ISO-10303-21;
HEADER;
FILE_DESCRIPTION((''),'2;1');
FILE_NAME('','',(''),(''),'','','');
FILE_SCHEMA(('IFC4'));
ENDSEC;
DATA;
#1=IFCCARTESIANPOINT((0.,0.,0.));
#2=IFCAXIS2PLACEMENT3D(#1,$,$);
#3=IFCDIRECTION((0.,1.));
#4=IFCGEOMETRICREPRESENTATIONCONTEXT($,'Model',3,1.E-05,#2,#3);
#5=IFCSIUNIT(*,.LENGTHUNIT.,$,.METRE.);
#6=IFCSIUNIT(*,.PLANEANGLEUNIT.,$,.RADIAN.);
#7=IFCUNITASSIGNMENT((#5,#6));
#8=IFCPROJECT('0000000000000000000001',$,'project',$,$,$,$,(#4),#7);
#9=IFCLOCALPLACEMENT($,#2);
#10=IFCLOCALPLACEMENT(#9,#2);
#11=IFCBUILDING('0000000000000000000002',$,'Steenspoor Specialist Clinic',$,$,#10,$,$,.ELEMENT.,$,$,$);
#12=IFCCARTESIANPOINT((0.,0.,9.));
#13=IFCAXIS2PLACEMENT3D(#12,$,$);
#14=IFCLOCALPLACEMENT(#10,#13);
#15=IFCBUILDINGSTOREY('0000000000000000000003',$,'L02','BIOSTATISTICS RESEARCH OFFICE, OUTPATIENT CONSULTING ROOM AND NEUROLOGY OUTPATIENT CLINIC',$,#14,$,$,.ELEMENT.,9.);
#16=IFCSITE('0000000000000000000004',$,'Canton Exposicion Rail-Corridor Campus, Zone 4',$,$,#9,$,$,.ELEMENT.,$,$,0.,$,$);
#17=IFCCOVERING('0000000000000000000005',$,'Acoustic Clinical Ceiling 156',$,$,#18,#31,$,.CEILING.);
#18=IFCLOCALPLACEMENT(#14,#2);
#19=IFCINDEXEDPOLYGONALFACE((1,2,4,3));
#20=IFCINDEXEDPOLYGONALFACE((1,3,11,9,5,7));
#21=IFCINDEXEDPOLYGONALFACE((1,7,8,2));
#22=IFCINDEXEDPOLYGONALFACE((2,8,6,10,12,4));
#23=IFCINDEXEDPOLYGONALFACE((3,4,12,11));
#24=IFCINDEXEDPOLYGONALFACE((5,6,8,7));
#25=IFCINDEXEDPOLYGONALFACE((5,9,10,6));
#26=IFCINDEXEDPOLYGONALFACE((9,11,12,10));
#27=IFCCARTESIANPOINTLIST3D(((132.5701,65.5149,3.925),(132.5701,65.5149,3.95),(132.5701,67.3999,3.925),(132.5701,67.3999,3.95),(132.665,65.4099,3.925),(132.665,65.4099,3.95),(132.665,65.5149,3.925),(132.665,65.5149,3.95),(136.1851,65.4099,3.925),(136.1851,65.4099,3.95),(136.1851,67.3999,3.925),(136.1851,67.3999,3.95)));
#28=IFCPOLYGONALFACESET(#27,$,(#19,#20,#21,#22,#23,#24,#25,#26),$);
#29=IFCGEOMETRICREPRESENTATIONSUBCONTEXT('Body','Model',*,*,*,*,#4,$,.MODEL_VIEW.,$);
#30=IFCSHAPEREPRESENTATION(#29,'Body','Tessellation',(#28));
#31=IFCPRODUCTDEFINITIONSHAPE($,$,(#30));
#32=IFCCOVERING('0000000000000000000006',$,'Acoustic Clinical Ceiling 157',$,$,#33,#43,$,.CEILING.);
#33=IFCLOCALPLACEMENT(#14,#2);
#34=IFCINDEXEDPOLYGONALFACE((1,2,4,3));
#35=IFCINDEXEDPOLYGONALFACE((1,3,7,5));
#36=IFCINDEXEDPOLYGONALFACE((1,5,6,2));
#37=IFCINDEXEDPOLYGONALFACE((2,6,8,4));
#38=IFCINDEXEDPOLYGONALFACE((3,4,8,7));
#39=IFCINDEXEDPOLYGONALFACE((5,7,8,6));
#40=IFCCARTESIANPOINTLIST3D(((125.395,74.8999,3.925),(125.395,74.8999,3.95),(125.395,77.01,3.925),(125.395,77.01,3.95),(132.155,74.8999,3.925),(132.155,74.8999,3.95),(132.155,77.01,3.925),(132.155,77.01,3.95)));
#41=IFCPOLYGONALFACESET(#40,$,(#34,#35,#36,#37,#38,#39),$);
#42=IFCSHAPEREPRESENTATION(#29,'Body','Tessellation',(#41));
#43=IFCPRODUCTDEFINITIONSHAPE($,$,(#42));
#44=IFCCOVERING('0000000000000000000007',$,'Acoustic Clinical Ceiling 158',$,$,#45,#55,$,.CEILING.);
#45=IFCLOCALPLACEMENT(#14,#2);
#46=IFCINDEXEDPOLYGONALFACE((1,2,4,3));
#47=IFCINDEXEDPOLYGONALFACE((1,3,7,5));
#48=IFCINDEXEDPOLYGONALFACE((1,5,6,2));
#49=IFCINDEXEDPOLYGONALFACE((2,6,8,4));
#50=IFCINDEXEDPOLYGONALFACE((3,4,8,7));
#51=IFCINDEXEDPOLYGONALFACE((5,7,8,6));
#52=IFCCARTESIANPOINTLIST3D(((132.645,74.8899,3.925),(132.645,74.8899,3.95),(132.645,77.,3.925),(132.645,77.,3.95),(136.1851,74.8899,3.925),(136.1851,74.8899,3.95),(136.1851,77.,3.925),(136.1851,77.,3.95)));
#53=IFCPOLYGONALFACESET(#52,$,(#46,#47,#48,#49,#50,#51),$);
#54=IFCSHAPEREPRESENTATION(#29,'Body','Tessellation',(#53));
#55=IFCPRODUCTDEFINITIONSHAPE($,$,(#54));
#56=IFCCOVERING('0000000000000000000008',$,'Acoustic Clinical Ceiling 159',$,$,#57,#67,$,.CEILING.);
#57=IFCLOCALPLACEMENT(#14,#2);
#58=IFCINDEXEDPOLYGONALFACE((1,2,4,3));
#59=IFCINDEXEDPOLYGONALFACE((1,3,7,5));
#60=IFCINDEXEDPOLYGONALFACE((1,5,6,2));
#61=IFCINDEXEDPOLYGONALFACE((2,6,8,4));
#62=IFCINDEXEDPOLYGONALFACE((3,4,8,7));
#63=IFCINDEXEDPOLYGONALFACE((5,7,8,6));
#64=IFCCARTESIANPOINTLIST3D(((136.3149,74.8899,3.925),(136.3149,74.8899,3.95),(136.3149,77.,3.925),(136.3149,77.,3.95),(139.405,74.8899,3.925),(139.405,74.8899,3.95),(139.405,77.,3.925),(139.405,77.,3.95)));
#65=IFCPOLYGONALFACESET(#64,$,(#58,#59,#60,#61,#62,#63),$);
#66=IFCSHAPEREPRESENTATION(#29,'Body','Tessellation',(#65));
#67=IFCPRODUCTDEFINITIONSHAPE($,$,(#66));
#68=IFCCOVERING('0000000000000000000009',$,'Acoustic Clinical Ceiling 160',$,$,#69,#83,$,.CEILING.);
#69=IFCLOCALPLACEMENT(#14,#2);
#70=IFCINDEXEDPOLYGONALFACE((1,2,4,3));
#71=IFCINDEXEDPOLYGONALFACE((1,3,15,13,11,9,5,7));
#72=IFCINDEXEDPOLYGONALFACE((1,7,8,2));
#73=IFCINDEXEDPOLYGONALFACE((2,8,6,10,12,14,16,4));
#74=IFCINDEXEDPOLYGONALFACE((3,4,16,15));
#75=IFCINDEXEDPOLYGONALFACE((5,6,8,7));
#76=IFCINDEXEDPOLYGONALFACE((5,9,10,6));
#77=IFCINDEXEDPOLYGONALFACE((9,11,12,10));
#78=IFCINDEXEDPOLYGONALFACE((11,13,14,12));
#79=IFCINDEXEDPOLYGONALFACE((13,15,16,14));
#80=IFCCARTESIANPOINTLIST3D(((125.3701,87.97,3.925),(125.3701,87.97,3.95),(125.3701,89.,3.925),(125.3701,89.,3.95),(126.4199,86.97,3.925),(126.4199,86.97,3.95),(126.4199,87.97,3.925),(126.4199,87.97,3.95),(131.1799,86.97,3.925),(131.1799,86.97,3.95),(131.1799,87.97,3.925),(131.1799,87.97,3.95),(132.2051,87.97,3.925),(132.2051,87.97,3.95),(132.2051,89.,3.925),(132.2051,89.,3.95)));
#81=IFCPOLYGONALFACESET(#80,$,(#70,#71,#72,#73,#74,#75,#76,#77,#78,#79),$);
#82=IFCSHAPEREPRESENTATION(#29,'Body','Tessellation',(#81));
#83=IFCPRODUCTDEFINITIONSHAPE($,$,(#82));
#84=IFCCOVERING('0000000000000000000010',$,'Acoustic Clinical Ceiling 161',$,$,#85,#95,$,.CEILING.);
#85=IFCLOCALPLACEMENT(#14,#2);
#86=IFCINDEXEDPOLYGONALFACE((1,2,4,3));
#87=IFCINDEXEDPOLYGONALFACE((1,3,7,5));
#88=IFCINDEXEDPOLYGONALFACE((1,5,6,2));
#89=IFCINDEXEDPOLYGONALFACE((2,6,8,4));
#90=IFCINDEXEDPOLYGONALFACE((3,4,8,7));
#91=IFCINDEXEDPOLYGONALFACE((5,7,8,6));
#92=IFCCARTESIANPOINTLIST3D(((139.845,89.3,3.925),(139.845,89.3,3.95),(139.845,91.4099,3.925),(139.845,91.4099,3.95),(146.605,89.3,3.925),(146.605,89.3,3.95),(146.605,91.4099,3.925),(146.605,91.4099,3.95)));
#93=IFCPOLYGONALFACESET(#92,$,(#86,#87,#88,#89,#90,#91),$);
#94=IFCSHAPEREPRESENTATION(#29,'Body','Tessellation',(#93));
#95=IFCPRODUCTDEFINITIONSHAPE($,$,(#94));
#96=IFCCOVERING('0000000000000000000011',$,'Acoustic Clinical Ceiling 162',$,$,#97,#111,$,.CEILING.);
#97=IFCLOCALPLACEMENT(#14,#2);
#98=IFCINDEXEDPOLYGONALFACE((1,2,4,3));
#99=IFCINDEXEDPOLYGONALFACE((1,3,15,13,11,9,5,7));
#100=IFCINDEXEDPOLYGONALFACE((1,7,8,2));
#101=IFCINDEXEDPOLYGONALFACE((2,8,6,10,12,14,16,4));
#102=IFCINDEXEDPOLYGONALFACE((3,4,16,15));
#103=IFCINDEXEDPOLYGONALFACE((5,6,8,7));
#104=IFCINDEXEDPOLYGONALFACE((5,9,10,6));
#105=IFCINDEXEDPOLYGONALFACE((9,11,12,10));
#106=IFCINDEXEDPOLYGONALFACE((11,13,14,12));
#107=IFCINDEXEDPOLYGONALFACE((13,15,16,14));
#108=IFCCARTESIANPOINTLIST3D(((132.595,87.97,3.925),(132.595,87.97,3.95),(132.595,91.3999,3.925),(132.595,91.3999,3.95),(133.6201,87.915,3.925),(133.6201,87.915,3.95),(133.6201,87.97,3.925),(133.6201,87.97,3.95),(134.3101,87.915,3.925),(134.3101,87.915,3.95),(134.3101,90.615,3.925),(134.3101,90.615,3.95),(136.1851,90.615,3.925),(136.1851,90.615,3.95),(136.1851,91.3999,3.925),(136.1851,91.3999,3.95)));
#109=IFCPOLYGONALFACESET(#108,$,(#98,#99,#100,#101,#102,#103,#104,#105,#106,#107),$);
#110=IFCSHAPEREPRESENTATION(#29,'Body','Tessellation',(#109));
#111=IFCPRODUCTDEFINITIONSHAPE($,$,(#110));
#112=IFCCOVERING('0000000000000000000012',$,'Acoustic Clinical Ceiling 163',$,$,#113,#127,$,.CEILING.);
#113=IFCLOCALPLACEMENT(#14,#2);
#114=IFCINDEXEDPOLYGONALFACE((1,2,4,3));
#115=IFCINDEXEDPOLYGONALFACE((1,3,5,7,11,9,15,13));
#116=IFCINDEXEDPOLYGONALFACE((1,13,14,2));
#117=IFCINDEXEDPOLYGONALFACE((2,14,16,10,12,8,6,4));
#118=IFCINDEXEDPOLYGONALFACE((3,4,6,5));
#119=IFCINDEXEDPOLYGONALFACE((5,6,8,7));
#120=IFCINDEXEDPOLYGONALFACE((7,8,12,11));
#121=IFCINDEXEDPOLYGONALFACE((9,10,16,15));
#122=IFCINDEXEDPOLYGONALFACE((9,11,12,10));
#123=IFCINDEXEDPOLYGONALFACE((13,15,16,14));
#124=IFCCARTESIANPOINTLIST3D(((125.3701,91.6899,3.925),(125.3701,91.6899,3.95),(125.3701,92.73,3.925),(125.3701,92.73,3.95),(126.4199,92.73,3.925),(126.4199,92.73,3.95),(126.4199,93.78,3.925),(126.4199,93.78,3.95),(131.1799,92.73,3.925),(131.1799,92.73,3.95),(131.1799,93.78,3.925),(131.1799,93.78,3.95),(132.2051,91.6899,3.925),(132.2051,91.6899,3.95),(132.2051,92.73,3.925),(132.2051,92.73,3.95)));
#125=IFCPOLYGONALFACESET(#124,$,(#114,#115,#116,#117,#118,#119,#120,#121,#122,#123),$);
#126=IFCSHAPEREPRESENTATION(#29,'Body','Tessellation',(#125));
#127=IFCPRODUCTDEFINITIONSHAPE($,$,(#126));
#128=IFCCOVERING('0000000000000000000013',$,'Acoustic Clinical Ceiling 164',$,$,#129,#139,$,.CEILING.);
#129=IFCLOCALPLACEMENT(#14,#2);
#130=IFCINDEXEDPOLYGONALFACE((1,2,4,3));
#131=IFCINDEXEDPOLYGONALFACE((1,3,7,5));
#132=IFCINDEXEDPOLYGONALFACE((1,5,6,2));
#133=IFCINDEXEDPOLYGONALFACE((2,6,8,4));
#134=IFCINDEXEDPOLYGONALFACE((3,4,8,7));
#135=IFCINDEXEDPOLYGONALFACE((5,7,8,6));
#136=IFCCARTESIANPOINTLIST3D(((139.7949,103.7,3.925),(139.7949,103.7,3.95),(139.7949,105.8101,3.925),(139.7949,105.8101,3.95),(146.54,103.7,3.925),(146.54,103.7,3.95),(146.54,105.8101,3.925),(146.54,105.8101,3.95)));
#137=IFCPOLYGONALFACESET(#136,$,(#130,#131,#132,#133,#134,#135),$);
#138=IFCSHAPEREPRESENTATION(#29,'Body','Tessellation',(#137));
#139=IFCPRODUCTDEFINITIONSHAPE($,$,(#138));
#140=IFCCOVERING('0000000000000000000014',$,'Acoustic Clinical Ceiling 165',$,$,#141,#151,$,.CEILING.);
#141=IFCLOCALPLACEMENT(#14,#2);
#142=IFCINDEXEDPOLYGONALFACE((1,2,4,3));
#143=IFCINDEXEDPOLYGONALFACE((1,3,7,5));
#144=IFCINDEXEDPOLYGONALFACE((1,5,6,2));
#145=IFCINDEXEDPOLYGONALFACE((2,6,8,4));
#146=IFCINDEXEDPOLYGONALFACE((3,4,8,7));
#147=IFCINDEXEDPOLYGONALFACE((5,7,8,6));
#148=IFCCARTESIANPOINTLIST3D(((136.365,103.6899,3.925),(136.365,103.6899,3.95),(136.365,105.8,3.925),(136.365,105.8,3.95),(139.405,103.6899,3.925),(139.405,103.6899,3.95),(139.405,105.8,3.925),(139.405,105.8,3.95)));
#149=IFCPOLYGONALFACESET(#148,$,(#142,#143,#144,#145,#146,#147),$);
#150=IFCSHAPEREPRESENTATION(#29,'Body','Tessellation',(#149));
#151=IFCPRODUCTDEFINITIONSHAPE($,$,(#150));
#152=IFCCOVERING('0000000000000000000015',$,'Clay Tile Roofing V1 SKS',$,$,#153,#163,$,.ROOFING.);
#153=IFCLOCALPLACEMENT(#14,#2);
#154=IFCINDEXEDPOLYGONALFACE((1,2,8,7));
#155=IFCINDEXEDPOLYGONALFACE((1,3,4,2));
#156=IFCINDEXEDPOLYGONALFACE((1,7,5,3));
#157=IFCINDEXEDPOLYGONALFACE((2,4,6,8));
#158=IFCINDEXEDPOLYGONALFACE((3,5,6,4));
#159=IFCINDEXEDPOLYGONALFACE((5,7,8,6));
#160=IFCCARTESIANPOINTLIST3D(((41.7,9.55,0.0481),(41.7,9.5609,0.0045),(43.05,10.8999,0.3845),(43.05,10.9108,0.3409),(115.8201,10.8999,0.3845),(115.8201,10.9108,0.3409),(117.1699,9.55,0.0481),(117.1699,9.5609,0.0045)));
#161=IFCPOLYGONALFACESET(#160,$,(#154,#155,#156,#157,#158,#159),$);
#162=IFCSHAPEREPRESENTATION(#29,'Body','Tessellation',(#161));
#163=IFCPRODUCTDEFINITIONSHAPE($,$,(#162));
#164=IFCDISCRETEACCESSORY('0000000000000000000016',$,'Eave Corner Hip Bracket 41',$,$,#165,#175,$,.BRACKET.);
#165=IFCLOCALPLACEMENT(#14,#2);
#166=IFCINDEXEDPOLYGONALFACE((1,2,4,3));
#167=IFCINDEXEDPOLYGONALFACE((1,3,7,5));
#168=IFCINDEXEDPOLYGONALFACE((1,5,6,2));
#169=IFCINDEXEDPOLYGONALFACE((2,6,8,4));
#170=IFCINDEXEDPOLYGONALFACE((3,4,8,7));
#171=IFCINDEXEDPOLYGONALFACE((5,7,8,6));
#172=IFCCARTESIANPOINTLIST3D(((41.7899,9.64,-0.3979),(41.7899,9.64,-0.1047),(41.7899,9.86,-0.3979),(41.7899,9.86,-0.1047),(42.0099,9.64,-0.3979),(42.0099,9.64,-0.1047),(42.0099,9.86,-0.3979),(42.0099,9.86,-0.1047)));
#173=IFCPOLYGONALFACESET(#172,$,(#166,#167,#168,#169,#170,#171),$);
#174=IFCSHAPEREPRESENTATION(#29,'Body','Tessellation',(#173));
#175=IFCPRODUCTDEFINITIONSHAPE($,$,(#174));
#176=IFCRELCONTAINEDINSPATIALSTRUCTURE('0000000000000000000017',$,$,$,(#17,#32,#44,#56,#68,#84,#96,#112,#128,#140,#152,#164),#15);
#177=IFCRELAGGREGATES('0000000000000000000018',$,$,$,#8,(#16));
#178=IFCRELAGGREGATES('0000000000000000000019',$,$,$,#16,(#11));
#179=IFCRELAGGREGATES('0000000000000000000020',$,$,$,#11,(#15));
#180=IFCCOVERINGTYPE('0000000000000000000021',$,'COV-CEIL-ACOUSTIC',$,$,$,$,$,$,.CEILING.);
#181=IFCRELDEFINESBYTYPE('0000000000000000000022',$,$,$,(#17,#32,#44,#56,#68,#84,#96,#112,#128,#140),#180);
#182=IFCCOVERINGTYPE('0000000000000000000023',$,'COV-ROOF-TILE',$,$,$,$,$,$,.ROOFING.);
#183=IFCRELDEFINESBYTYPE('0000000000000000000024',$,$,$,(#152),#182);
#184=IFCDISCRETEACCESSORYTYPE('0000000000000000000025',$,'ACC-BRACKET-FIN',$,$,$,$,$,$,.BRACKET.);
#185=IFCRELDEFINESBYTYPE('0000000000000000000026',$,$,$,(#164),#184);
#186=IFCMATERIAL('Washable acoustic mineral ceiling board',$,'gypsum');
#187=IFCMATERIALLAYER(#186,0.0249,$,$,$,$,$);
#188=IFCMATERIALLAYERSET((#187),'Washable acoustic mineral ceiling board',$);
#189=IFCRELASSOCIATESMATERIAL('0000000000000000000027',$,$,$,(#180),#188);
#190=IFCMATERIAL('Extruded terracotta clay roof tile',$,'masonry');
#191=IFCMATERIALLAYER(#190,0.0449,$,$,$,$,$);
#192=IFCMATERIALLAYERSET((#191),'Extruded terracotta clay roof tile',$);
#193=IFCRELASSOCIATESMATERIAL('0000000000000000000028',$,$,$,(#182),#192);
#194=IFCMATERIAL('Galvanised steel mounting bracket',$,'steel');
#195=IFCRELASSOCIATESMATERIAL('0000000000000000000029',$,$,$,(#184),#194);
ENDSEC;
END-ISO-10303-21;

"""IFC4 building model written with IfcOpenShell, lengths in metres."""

from ifc_helpers import new_model, si_unit, direction, frame, origin, origin_2d, place, context, subcontext, project, spatial, polyline, rectangle, outline, extrude, material, layer, layer_set, type_object, element, save


model = new_model("IFC4")

# Units and contexts
model_context = context("Model", 3, precision=1e-05, world=origin(), true_north=direction((0.0, 1.0)))
body_context = subcontext(model_context, "Body", "Model", "MODEL_VIEW")
ifc_project = project(units=[si_unit("LENGTHUNIT", "METRE"), si_unit("PLANEANGLEUNIT", "RADIAN")], contexts=[model_context])

# Site, building, storey
site_placement = place(None, origin())
site = spatial("IfcSite", under=ifc_project, at=site_placement, Name="Canton Exposicion Rail-Corridor Campus, Zone 4", CompositionType="ELEMENT", RefElevation=0.0)
building_placement = place(site_placement, origin())
building = spatial("IfcBuilding", under=site, at=building_placement, Name="Steenspoor Specialist Clinic", CompositionType="ELEMENT")
storey_placement = place(building_placement, frame((0.0, 0.0, 9.0)))
storey = spatial("IfcBuildingStorey", under=building, at=storey_placement, Name="L02", Description="BIOSTATISTICS RESEARCH OFFICE, OUTPATIENT CONSULTING ROOM AND NEUROLOGY OUTPATIENT CLINIC", CompositionType="ELEMENT", Elevation=9.0)

# Shared definitions
ifc_material_1 = material(Name="Extruded terracotta clay roof tile", Category="masonry")

# Coverings
ifc_material_2 = material(Name="Washable acoustic mineral ceiling board", Category="gypsum")
ifc_layer_1 = layer(ifc_material_2, 0.0249)
ifc_layer_set_1 = layer_set([ifc_layer_1], Name="Washable acoustic mineral ceiling board")
covering_type_1 = type_object("IfcCoveringType", Name="COV-CEIL-ACOUSTIC", PredefinedType="CEILING", material=ifc_layer_set_1)
covering_1_placement = place(storey_placement, frame((0.0, 0.0, 3.925)))
element("IfcCovering", 1, at=covering_1_placement, inside=storey, type_object=covering_type_1, Name="Acoustic Clinical Ceiling 156", PredefinedType="CEILING", context=body_context, shape_type="SweptSolid", body=[
    extrude(outline(polyline([(136.1851, 65.4099), (132.665, 65.4099), (132.665, 65.5149), (132.5701, 65.5149), (132.5701, 67.3999), (136.1851, 67.3999), (136.1851, 65.4099)])), origin(), (0.0, 0.0, 1.0), 0.0249),
])
covering_2_placement = place(storey_placement, frame((0.0, 0.0, 3.925)))
element("IfcCovering", 2, at=covering_2_placement, inside=storey, type_object=covering_type_1, Name="Acoustic Clinical Ceiling 157", PredefinedType="CEILING", context=body_context, shape_type="SweptSolid", body=[
    extrude(outline(polyline([(125.395, 77.01), (132.155, 77.01), (132.155, 74.8999), (125.395, 74.8999), (125.395, 77.01)])), origin(), (0.0, 0.0, 1.0), 0.0249),
])
covering_3_placement = place(storey_placement, frame((0.0, 0.0, 3.925)))
element("IfcCovering", 3, at=covering_3_placement, inside=storey, type_object=covering_type_1, Name="Acoustic Clinical Ceiling 158", PredefinedType="CEILING", context=body_context, shape_type="SweptSolid", body=[
    extrude(outline(polyline([(136.1851, 74.8899), (132.645, 74.8899), (132.645, 77.0), (136.1851, 77.0), (136.1851, 74.8899)])), origin(), (0.0, 0.0, 1.0), 0.0249),
])
covering_4_placement = place(storey_placement, frame((0.0, 0.0, 3.925)))
element("IfcCovering", 4, at=covering_4_placement, inside=storey, type_object=covering_type_1, Name="Acoustic Clinical Ceiling 159", PredefinedType="CEILING", context=body_context, shape_type="SweptSolid", body=[
    extrude(outline(polyline([(136.3149, 77.0), (139.405, 77.0), (139.405, 74.8899), (136.3149, 74.8899), (136.3149, 77.0)])), origin(), (0.0, 0.0, 1.0), 0.0249),
])
covering_5_placement = place(storey_placement, frame((0.0, 0.0, 3.925)))
element("IfcCovering", 5, at=covering_5_placement, inside=storey, type_object=covering_type_1, Name="Acoustic Clinical Ceiling 160", PredefinedType="CEILING", context=body_context, shape_type="SweptSolid", body=[
    extrude(outline(polyline([(132.2051, 87.97), (131.1799, 87.97), (131.1799, 86.97), (126.4199, 86.97), (126.4199, 87.97), (125.3701, 87.97), (125.3701, 89.0), (132.2051, 89.0), (132.2051, 87.97)])), origin(), (0.0, 0.0, 1.0), 0.0249),
])
covering_6_placement = place(storey_placement, frame((0.0, 0.0, 3.925)))
element("IfcCovering", 6, at=covering_6_placement, inside=storey, type_object=covering_type_1, Name="Acoustic Clinical Ceiling 161", PredefinedType="CEILING", context=body_context, shape_type="SweptSolid", body=[
    extrude(outline(polyline([(146.605, 89.3), (139.845, 89.3), (139.845, 91.4099), (146.605, 91.4099), (146.605, 89.3)])), origin(), (0.0, 0.0, 1.0), 0.0249),
])
covering_7_placement = place(storey_placement, frame((0.0, 0.0, 3.925)))
element("IfcCovering", 7, at=covering_7_placement, inside=storey, type_object=covering_type_1, Name="Acoustic Clinical Ceiling 162", PredefinedType="CEILING", context=body_context, shape_type="SweptSolid", body=[
    extrude(outline(polyline([(134.3101, 90.615), (134.3101, 87.915), (133.6201, 87.915), (133.6201, 87.97), (132.595, 87.97), (132.595, 91.3999), (136.1851, 91.3999), (136.1851, 90.615), (134.3101, 90.615)])), origin(), (0.0, 0.0, 1.0), 0.0249),
])
covering_8_placement = place(storey_placement, frame((0.0, 0.0, 3.925)))
element("IfcCovering", 8, at=covering_8_placement, inside=storey, type_object=covering_type_1, Name="Acoustic Clinical Ceiling 163", PredefinedType="CEILING", context=body_context, shape_type="SweptSolid", body=[
    extrude(outline(polyline([(126.4199, 93.78), (131.1799, 93.78), (131.1799, 92.73), (132.2051, 92.73), (132.2051, 91.6899), (125.3701, 91.6899), (125.3701, 92.73), (126.4199, 92.73), (126.4199, 93.78)])), origin(), (0.0, 0.0, 1.0), 0.0249),
])
covering_9_placement = place(storey_placement, frame((0.0, 0.0, 3.925)))
element("IfcCovering", 9, at=covering_9_placement, inside=storey, type_object=covering_type_1, Name="Acoustic Clinical Ceiling 164", PredefinedType="CEILING", context=body_context, shape_type="SweptSolid", body=[
    extrude(outline(polyline([(146.54, 103.7), (139.7949, 103.7), (139.7949, 105.8101), (146.54, 105.8101), (146.54, 103.7)])), origin(), (0.0, 0.0, 1.0), 0.0249),
])
covering_10_placement = place(storey_placement, frame((0.0, 0.0, 3.925)))
element("IfcCovering", 10, at=covering_10_placement, inside=storey, type_object=covering_type_1, Name="Acoustic Clinical Ceiling 165", PredefinedType="CEILING", context=body_context, shape_type="SweptSolid", body=[
    extrude(outline(polyline([(136.365, 105.8), (139.405, 105.8), (139.405, 103.6899), (136.365, 103.6899), (136.365, 105.8)])), origin(), (0.0, 0.0, 1.0), 0.0249),
])
ifc_layer_2 = layer(ifc_material_1, 0.0449)
ifc_layer_set_2 = layer_set([ifc_layer_2], Name="Extruded terracotta clay roof tile")
covering_type_2 = type_object("IfcCoveringType", Name="COV-ROOF-TILE", PredefinedType="ROOFING", material=ifc_layer_set_2)
covering_11_placement = place(storey_placement, frame((41.7, 9.55, 0.0481), z_axis=(0.0, -0.241834, 0.970318), x_axis=(1.0, 0.0, 0.0)))
element("IfcCovering", 11, at=covering_11_placement, inside=storey, type_object=covering_type_2, Name="Clay Tile Roofing V1 SKS", PredefinedType="ROOFING", context=body_context, shape_type="SweptSolid", body=[
    extrude(outline(polyline([(0.0, 0.0), (75.47, 0.0), (74.1201, 1.3911), (1.3501, 1.3911), (0.0, 0.0)])), origin(), (0.0, 0.0, -1.0), 0.0449),
])

# Discrete accessory
ifc_material_3 = material(Name="Galvanised steel mounting bracket", Category="steel")
discrete_accessory_type = type_object("IfcDiscreteAccessoryType", Name="ACC-BRACKET-FIN", PredefinedType="BRACKET", material=ifc_material_3)
discrete_accessory_placement = place(storey_placement, frame((41.8999, 9.75, -0.3979), z_axis=(0.0, 0.0, 1.0), x_axis=(1.0, 0.0, 0.0)))
element("IfcDiscreteAccessory", 12, at=discrete_accessory_placement, inside=storey, type_object=discrete_accessory_type, Name="Eave Corner Hip Bracket 41", PredefinedType="BRACKET", context=body_context, shape_type="SweptSolid", body=[
    extrude(rectangle(XDim=0.22, YDim=0.22, at=origin_2d()), origin(), (0.0, 0.0, 1.0), 0.2932),
])

save(model, "model.ifc")
